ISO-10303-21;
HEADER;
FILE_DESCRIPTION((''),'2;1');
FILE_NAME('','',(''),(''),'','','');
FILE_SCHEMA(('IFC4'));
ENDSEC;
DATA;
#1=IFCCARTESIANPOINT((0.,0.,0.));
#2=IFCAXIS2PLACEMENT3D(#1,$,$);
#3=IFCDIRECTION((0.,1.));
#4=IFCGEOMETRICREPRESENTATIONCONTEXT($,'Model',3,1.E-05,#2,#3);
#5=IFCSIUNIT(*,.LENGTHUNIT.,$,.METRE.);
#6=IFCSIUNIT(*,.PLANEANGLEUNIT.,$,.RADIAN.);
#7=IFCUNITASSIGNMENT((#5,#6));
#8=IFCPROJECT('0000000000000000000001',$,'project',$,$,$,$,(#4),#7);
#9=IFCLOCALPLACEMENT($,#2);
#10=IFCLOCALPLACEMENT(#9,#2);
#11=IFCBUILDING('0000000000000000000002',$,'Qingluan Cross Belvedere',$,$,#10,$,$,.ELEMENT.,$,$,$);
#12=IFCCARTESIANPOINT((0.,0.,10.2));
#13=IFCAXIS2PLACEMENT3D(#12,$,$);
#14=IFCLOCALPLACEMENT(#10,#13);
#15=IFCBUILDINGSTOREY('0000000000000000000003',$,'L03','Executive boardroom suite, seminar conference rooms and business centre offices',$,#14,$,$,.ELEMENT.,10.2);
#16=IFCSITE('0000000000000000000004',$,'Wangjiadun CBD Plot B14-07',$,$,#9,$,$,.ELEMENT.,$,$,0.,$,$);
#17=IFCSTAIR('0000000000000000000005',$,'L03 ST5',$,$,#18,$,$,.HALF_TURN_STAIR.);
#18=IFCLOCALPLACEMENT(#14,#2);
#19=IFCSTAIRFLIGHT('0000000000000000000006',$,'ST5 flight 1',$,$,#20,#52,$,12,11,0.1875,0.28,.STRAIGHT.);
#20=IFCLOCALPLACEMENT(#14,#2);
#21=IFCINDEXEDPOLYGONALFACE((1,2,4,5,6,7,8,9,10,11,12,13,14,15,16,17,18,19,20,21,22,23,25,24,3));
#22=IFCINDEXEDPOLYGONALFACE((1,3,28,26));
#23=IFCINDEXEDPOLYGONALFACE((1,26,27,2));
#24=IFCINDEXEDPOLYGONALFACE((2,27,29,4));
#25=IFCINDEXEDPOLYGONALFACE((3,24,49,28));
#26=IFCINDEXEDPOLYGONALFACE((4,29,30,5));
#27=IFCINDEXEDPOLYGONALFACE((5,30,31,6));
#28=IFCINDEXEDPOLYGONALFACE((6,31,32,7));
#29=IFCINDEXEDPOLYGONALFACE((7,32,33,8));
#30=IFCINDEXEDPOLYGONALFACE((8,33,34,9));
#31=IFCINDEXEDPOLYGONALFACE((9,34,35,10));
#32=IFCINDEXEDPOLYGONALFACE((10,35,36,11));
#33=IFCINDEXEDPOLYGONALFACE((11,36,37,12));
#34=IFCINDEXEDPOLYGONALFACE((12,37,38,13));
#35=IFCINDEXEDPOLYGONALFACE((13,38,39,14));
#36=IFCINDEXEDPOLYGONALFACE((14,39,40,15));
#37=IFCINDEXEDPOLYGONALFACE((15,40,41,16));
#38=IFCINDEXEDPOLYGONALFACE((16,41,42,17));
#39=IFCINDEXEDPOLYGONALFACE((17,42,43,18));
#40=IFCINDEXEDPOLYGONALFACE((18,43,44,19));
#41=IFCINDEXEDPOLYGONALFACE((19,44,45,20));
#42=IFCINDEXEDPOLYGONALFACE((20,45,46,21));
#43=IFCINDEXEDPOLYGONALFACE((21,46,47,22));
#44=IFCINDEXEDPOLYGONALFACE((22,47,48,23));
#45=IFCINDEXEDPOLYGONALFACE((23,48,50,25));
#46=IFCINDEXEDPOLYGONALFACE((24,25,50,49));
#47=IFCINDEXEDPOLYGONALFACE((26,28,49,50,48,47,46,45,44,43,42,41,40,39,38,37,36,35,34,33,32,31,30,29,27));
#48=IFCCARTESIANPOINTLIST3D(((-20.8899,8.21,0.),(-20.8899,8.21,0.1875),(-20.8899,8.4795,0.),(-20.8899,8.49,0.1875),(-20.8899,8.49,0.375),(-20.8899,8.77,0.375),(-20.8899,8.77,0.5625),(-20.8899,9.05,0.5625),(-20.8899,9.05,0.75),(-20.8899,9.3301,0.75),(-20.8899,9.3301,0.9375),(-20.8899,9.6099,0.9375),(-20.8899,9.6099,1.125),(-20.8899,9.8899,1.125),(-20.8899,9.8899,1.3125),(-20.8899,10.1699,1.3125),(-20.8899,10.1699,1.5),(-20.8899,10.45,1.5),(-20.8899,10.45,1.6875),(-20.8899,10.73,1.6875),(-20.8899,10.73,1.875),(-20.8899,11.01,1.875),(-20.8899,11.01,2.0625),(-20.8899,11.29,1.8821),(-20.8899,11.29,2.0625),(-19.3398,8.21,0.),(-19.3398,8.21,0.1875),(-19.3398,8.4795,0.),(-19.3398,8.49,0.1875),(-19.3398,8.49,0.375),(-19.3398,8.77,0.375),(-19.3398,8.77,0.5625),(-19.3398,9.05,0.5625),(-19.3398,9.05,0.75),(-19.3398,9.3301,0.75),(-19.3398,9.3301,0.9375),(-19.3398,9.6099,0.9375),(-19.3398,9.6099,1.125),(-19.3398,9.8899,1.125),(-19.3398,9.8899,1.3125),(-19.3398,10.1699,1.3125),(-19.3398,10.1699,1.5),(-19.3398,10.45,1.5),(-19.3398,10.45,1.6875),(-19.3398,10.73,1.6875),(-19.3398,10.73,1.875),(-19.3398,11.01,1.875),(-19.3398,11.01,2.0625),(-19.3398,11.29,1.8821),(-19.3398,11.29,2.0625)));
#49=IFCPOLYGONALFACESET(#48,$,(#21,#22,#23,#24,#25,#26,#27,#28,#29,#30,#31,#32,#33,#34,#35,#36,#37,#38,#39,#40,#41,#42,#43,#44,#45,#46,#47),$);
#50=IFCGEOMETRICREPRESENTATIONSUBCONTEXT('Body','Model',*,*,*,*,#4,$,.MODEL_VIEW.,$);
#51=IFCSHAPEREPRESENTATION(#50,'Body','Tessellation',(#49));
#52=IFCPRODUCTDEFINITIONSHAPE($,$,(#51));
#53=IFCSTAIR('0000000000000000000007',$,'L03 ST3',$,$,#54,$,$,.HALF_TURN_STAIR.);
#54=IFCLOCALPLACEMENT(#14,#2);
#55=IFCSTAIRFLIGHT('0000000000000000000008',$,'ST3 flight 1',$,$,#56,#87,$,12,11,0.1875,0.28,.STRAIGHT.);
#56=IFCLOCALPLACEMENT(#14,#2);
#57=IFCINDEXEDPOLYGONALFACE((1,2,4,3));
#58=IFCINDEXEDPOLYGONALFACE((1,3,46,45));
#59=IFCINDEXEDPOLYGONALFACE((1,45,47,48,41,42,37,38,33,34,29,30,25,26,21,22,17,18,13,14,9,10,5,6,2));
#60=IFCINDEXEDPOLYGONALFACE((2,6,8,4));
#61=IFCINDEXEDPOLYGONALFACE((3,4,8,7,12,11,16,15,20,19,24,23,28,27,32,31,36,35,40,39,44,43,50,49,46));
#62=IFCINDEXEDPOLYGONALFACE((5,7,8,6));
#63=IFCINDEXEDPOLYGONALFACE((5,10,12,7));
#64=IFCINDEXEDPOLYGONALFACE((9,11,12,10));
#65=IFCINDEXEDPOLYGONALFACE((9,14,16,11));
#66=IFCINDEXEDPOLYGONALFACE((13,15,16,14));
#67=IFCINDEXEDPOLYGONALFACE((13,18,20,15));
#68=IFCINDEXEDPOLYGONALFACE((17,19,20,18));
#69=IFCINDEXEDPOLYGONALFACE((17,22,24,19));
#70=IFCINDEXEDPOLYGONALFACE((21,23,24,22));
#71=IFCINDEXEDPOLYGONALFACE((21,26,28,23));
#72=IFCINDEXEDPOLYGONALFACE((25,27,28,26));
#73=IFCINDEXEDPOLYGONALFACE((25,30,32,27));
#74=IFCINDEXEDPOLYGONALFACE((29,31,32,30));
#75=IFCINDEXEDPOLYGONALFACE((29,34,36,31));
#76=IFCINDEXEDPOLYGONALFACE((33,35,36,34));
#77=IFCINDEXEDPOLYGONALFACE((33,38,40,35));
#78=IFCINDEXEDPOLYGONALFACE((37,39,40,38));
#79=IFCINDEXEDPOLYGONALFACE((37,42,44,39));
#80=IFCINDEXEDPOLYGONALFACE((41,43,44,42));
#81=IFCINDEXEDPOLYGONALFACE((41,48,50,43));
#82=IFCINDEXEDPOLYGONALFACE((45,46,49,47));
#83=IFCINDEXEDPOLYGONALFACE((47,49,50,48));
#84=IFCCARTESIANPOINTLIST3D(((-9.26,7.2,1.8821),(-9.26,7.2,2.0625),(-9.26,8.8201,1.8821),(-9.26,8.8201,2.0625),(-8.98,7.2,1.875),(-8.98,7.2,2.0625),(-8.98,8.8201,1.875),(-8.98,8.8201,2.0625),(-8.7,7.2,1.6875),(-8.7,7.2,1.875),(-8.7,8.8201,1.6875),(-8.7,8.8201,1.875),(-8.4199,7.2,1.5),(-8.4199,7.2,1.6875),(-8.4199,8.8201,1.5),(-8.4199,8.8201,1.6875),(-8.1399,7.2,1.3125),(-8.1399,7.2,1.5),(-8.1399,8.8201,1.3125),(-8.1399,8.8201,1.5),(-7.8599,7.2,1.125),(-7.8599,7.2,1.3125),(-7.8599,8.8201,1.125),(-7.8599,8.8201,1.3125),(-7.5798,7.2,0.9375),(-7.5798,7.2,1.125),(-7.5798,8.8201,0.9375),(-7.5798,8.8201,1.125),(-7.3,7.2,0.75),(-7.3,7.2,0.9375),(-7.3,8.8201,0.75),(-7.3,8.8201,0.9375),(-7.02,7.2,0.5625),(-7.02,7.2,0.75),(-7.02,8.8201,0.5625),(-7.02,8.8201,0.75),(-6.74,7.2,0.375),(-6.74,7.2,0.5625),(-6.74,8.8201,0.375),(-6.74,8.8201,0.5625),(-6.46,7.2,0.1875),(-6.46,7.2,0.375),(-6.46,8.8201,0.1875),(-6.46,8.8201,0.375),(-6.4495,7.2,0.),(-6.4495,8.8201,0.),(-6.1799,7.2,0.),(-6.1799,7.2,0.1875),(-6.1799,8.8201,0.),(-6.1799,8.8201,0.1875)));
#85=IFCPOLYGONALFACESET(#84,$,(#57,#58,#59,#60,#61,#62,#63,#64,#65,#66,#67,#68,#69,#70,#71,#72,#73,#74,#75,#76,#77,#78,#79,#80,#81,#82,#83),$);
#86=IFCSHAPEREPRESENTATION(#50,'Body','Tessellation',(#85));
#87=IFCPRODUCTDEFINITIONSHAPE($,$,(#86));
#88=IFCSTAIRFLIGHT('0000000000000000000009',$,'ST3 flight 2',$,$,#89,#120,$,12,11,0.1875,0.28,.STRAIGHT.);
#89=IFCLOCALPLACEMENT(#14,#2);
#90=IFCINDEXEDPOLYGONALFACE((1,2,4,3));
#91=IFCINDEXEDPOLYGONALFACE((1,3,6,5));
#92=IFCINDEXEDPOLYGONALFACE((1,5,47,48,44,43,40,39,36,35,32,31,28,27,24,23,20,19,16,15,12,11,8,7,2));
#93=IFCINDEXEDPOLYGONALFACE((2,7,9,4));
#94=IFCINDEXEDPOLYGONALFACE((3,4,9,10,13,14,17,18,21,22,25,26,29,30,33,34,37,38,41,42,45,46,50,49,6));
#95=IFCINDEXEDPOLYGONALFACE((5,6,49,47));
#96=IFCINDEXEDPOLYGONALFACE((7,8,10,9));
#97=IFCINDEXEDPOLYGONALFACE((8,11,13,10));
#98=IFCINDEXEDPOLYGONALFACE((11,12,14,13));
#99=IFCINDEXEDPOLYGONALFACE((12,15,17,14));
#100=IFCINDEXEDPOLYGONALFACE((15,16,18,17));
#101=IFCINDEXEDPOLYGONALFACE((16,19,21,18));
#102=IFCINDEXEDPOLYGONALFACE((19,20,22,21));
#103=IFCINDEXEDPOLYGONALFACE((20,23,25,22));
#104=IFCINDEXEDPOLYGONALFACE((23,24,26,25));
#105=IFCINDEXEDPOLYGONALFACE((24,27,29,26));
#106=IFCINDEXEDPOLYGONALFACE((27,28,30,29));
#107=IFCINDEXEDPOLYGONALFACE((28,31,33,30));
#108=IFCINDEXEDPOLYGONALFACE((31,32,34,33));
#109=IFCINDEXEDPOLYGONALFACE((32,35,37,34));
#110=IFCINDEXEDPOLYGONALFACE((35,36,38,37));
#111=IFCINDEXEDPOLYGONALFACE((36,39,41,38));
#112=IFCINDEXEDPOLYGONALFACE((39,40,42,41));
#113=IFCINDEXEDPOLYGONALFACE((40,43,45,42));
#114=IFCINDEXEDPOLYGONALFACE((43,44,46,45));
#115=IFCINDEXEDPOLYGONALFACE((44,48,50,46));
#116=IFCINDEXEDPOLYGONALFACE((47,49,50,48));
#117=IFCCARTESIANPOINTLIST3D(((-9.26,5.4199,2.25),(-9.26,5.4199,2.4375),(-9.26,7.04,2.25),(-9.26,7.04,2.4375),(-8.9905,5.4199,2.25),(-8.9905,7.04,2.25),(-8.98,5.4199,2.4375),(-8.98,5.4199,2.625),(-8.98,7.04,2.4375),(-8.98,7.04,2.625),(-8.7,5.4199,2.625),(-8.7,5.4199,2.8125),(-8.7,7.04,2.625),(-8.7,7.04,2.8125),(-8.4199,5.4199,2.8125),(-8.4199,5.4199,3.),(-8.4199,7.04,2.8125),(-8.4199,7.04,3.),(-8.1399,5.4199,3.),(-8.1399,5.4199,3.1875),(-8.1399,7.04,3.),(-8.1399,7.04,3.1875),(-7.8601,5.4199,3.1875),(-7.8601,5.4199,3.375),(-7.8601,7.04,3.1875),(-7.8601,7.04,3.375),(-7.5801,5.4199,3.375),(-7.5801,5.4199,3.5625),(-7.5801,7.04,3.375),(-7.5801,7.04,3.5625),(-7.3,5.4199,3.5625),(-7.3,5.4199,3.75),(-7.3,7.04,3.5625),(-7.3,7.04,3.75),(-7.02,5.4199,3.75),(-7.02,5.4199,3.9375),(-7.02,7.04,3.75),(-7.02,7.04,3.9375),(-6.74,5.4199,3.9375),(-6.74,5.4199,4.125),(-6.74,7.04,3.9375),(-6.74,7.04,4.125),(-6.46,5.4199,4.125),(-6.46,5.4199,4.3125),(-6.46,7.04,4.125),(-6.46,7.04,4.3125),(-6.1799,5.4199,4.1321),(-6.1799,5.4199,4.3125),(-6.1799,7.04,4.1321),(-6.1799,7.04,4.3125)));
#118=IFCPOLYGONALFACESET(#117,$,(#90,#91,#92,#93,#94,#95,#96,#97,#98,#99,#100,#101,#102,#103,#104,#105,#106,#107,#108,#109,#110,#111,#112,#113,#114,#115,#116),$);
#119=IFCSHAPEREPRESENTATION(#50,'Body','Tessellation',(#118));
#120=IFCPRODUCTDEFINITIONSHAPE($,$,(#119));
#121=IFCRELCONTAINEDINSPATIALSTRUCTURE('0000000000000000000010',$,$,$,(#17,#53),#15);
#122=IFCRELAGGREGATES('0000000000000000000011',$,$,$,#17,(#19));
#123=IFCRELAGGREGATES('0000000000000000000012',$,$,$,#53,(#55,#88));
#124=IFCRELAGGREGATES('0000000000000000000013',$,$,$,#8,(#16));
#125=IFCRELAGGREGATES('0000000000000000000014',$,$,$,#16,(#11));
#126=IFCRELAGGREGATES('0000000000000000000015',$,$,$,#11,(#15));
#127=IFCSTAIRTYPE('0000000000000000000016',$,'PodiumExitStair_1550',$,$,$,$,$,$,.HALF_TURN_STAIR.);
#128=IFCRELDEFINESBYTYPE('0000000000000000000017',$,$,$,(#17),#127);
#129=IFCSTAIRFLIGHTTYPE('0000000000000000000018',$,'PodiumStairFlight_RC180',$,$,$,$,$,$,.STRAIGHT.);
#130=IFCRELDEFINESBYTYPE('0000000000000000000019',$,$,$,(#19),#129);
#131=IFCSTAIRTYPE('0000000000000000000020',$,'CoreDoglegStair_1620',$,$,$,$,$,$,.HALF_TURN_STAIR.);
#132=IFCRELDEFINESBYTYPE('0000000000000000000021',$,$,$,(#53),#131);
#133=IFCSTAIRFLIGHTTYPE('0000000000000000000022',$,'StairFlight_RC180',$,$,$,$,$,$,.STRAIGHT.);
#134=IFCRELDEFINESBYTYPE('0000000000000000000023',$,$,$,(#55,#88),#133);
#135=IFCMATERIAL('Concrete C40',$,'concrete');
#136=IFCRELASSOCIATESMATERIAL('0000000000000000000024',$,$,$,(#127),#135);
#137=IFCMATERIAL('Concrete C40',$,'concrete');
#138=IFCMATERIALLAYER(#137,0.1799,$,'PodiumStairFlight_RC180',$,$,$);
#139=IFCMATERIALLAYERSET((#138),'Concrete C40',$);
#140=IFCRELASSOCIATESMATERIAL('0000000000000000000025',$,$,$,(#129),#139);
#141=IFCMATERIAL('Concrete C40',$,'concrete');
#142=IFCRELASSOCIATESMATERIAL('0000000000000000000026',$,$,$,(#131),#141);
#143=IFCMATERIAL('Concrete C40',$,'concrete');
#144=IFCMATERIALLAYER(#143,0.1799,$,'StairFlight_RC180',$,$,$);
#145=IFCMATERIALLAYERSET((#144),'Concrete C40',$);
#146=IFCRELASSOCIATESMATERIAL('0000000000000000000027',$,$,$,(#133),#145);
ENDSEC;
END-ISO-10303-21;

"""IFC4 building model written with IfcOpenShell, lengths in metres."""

from ifc_helpers import new_model, si_unit, direction, frame, origin, place, context, subcontext, project, spatial, polyline, outline, extrude, material, layer, layer_set, type_object, element, aggregate, save


model = new_model("IFC4")

# Units and contexts
model_context = context("Model", 3, precision=1e-05, world=origin(), true_north=direction((0.0, 1.0)))
body_context = subcontext(model_context, "Body", "Model", "MODEL_VIEW")
ifc_project = project(units=[si_unit("LENGTHUNIT", "METRE"), si_unit("PLANEANGLEUNIT", "RADIAN")], contexts=[model_context])

# Site, building, storey
site_placement = place(None, origin())
site = spatial("IfcSite", under=ifc_project, at=site_placement, Name="Wangjiadun CBD Plot B14-07", CompositionType="ELEMENT", RefElevation=0.0)
building_placement = place(site_placement, origin())
building = spatial("IfcBuilding", under=site, at=building_placement, Name="Qingluan Cross Belvedere", CompositionType="ELEMENT")
storey_placement = place(building_placement, frame((0.0, 0.0, 10.2)))
storey = spatial("IfcBuildingStorey", under=building, at=storey_placement, Name="L03", Description="Executive boardroom suite, seminar conference rooms and business centre offices", CompositionType="ELEMENT", Elevation=10.2)

# Stair, stair flight
ifc_material_1 = material(Name="Concrete C40", Category="concrete")
stair_type_1 = type_object("IfcStairType", Name="PodiumExitStair_1550", PredefinedType="HALF_TURN_STAIR", material=ifc_material_1)
stair_1_placement = place(storey_placement, origin())
stair_1 = element("IfcStair", 1, at=stair_1_placement, inside=storey, type_object=stair_type_1, Name="L03 ST5", PredefinedType="HALF_TURN_STAIR")
ifc_material_2 = material(Name="Concrete C40", Category="concrete")
ifc_layer_1 = layer(ifc_material_2, 0.1799, Name="PodiumStairFlight_RC180")
ifc_layer_set_1 = layer_set([ifc_layer_1], Name="Concrete C40")
stair_flight_type_1 = type_object("IfcStairFlightType", Name="PodiumStairFlight_RC180", PredefinedType="STRAIGHT", material=ifc_layer_set_1)
stair_flight_1_placement = place(storey_placement, frame((-20.115, 8.21, 0.0), z_axis=(0.0, 0.0, 1.0), x_axis=(0.0, 1.0, 0.0)))
stair_flight_1 = element("IfcStairFlight", 2, at=stair_flight_1_placement, type_object=stair_flight_type_1, Name="ST5 flight 1", NumberOfRisers=12, NumberOfTreads=11, PredefinedType="STRAIGHT", RiserHeight=0.1875, TreadLength=0.28, context=body_context, shape_type="SweptSolid", body=[
    extrude(outline(polyline([(0.0, 0.0), (0.0, 0.1875), (0.28, 0.1875), (0.28, 0.375), (0.5601, 0.375), (0.5601, 0.5625), (0.8401, 0.5625), (0.8401, 0.75), (1.1201, 0.75), (1.1201, 0.9375), (1.3999, 0.9375), (1.3999, 1.125), (1.6799, 1.125), (1.6799, 1.3125), (1.96, 1.3125), (1.96, 1.5), (2.24, 1.5), (2.24, 1.6875), (2.52, 1.6875), (2.52, 1.875), (2.8, 1.875), (2.8, 2.0625), (3.0801, 2.0625), (3.0801, 2.25), (3.0801, 1.8821), (0.2695, 0.0), (0.0, 0.0)])), frame((0.0, 0.7749, 0.0), z_axis=(0.0, -1.0, 0.0), x_axis=(1.0, 0.0, 0.0)), (0.0, 0.0, 1.0), 1.55),
])
aggregate(stair_1, [stair_flight_1])

# Stair, stair flights
ifc_material_3 = material(Name="Concrete C40", Category="concrete")
stair_type_2 = type_object("IfcStairType", Name="CoreDoglegStair_1620", PredefinedType="HALF_TURN_STAIR", material=ifc_material_3)
stair_2_placement = place(storey_placement, origin())
stair_2 = element("IfcStair", 3, at=stair_2_placement, inside=storey, type_object=stair_type_2, Name="L03 ST3", PredefinedType="HALF_TURN_STAIR")
ifc_material_4 = material(Name="Concrete C40", Category="concrete")
ifc_layer_2 = layer(ifc_material_4, 0.1799, Name="StairFlight_RC180")
ifc_layer_set_2 = layer_set([ifc_layer_2], Name="Concrete C40")
stair_flight_type_2 = type_object("IfcStairFlightType", Name="StairFlight_RC180", PredefinedType="STRAIGHT", material=ifc_layer_set_2)
stair_flight_2_placement = place(storey_placement, frame((-6.1799, 8.01, 0.0), z_axis=(0.0, 0.0, 1.0), x_axis=(-1.0, 0.0, 0.0)))
stair_flight_2 = element("IfcStairFlight", 4, at=stair_flight_2_placement, type_object=stair_flight_type_2, Name="ST3 flight 1", NumberOfRisers=12, NumberOfTreads=11, PredefinedType="STRAIGHT", RiserHeight=0.1875, TreadLength=0.28, context=body_context, shape_type="SweptSolid", body=[
    extrude(outline(polyline([(0.0, 0.0), (0.0, 0.1875), (0.28, 0.1875), (0.28, 0.375), (0.5601, 0.375), (0.5601, 0.5625), (0.8401, 0.5625), (0.8401, 0.75), (1.1201, 0.75), (1.1201, 0.9375), (1.3999, 0.9375), (1.3999, 1.125), (1.6799, 1.125), (1.6799, 1.3125), (1.96, 1.3125), (1.96, 1.5), (2.24, 1.5), (2.24, 1.6875), (2.52, 1.6875), (2.52, 1.875), (2.8, 1.875), (2.8, 2.0625), (3.0801, 2.0625), (3.0801, 2.25), (3.0801, 1.8821), (0.2695, 0.0), (0.0, 0.0)])), frame((0.0, 0.8101, 0.0), z_axis=(0.0, -1.0, 0.0), x_axis=(1.0, 0.0, 0.0)), (0.0, 0.0, 1.0), 1.6201),
])
stair_flight_3_placement = place(storey_placement, frame((-9.26, 6.23, 2.25), z_axis=(0.0, 0.0, 1.0), x_axis=(1.0, 0.0, 0.0)))
stair_flight_3 = element("IfcStairFlight", 5, at=stair_flight_3_placement, type_object=stair_flight_type_2, Name="ST3 flight 2", NumberOfRisers=12, NumberOfTreads=11, PredefinedType="STRAIGHT", RiserHeight=0.1875, TreadLength=0.28, context=body_context, shape_type="SweptSolid", body=[
    extrude(outline(polyline([(0.0, 0.0), (0.0, 0.1875), (0.28, 0.1875), (0.28, 0.375), (0.5601, 0.375), (0.5601, 0.5625), (0.8401, 0.5625), (0.8401, 0.75), (1.1201, 0.75), (1.1201, 0.9375), (1.3999, 0.9375), (1.3999, 1.125), (1.6799, 1.125), (1.6799, 1.3125), (1.96, 1.3125), (1.96, 1.5), (2.24, 1.5), (2.24, 1.6875), (2.52, 1.6875), (2.52, 1.875), (2.8, 1.875), (2.8, 2.0625), (3.0801, 2.0625), (3.0801, 2.25), (3.0801, 1.8821), (0.2695, 0.0), (0.0, 0.0)])), frame((0.0, 0.8101, 0.0), z_axis=(0.0, -1.0, 0.0), x_axis=(1.0, 0.0, 0.0)), (0.0, 0.0, 1.0), 1.6201),
])
aggregate(stair_2, [stair_flight_2, stair_flight_3])

save(model, "model.ifc")
